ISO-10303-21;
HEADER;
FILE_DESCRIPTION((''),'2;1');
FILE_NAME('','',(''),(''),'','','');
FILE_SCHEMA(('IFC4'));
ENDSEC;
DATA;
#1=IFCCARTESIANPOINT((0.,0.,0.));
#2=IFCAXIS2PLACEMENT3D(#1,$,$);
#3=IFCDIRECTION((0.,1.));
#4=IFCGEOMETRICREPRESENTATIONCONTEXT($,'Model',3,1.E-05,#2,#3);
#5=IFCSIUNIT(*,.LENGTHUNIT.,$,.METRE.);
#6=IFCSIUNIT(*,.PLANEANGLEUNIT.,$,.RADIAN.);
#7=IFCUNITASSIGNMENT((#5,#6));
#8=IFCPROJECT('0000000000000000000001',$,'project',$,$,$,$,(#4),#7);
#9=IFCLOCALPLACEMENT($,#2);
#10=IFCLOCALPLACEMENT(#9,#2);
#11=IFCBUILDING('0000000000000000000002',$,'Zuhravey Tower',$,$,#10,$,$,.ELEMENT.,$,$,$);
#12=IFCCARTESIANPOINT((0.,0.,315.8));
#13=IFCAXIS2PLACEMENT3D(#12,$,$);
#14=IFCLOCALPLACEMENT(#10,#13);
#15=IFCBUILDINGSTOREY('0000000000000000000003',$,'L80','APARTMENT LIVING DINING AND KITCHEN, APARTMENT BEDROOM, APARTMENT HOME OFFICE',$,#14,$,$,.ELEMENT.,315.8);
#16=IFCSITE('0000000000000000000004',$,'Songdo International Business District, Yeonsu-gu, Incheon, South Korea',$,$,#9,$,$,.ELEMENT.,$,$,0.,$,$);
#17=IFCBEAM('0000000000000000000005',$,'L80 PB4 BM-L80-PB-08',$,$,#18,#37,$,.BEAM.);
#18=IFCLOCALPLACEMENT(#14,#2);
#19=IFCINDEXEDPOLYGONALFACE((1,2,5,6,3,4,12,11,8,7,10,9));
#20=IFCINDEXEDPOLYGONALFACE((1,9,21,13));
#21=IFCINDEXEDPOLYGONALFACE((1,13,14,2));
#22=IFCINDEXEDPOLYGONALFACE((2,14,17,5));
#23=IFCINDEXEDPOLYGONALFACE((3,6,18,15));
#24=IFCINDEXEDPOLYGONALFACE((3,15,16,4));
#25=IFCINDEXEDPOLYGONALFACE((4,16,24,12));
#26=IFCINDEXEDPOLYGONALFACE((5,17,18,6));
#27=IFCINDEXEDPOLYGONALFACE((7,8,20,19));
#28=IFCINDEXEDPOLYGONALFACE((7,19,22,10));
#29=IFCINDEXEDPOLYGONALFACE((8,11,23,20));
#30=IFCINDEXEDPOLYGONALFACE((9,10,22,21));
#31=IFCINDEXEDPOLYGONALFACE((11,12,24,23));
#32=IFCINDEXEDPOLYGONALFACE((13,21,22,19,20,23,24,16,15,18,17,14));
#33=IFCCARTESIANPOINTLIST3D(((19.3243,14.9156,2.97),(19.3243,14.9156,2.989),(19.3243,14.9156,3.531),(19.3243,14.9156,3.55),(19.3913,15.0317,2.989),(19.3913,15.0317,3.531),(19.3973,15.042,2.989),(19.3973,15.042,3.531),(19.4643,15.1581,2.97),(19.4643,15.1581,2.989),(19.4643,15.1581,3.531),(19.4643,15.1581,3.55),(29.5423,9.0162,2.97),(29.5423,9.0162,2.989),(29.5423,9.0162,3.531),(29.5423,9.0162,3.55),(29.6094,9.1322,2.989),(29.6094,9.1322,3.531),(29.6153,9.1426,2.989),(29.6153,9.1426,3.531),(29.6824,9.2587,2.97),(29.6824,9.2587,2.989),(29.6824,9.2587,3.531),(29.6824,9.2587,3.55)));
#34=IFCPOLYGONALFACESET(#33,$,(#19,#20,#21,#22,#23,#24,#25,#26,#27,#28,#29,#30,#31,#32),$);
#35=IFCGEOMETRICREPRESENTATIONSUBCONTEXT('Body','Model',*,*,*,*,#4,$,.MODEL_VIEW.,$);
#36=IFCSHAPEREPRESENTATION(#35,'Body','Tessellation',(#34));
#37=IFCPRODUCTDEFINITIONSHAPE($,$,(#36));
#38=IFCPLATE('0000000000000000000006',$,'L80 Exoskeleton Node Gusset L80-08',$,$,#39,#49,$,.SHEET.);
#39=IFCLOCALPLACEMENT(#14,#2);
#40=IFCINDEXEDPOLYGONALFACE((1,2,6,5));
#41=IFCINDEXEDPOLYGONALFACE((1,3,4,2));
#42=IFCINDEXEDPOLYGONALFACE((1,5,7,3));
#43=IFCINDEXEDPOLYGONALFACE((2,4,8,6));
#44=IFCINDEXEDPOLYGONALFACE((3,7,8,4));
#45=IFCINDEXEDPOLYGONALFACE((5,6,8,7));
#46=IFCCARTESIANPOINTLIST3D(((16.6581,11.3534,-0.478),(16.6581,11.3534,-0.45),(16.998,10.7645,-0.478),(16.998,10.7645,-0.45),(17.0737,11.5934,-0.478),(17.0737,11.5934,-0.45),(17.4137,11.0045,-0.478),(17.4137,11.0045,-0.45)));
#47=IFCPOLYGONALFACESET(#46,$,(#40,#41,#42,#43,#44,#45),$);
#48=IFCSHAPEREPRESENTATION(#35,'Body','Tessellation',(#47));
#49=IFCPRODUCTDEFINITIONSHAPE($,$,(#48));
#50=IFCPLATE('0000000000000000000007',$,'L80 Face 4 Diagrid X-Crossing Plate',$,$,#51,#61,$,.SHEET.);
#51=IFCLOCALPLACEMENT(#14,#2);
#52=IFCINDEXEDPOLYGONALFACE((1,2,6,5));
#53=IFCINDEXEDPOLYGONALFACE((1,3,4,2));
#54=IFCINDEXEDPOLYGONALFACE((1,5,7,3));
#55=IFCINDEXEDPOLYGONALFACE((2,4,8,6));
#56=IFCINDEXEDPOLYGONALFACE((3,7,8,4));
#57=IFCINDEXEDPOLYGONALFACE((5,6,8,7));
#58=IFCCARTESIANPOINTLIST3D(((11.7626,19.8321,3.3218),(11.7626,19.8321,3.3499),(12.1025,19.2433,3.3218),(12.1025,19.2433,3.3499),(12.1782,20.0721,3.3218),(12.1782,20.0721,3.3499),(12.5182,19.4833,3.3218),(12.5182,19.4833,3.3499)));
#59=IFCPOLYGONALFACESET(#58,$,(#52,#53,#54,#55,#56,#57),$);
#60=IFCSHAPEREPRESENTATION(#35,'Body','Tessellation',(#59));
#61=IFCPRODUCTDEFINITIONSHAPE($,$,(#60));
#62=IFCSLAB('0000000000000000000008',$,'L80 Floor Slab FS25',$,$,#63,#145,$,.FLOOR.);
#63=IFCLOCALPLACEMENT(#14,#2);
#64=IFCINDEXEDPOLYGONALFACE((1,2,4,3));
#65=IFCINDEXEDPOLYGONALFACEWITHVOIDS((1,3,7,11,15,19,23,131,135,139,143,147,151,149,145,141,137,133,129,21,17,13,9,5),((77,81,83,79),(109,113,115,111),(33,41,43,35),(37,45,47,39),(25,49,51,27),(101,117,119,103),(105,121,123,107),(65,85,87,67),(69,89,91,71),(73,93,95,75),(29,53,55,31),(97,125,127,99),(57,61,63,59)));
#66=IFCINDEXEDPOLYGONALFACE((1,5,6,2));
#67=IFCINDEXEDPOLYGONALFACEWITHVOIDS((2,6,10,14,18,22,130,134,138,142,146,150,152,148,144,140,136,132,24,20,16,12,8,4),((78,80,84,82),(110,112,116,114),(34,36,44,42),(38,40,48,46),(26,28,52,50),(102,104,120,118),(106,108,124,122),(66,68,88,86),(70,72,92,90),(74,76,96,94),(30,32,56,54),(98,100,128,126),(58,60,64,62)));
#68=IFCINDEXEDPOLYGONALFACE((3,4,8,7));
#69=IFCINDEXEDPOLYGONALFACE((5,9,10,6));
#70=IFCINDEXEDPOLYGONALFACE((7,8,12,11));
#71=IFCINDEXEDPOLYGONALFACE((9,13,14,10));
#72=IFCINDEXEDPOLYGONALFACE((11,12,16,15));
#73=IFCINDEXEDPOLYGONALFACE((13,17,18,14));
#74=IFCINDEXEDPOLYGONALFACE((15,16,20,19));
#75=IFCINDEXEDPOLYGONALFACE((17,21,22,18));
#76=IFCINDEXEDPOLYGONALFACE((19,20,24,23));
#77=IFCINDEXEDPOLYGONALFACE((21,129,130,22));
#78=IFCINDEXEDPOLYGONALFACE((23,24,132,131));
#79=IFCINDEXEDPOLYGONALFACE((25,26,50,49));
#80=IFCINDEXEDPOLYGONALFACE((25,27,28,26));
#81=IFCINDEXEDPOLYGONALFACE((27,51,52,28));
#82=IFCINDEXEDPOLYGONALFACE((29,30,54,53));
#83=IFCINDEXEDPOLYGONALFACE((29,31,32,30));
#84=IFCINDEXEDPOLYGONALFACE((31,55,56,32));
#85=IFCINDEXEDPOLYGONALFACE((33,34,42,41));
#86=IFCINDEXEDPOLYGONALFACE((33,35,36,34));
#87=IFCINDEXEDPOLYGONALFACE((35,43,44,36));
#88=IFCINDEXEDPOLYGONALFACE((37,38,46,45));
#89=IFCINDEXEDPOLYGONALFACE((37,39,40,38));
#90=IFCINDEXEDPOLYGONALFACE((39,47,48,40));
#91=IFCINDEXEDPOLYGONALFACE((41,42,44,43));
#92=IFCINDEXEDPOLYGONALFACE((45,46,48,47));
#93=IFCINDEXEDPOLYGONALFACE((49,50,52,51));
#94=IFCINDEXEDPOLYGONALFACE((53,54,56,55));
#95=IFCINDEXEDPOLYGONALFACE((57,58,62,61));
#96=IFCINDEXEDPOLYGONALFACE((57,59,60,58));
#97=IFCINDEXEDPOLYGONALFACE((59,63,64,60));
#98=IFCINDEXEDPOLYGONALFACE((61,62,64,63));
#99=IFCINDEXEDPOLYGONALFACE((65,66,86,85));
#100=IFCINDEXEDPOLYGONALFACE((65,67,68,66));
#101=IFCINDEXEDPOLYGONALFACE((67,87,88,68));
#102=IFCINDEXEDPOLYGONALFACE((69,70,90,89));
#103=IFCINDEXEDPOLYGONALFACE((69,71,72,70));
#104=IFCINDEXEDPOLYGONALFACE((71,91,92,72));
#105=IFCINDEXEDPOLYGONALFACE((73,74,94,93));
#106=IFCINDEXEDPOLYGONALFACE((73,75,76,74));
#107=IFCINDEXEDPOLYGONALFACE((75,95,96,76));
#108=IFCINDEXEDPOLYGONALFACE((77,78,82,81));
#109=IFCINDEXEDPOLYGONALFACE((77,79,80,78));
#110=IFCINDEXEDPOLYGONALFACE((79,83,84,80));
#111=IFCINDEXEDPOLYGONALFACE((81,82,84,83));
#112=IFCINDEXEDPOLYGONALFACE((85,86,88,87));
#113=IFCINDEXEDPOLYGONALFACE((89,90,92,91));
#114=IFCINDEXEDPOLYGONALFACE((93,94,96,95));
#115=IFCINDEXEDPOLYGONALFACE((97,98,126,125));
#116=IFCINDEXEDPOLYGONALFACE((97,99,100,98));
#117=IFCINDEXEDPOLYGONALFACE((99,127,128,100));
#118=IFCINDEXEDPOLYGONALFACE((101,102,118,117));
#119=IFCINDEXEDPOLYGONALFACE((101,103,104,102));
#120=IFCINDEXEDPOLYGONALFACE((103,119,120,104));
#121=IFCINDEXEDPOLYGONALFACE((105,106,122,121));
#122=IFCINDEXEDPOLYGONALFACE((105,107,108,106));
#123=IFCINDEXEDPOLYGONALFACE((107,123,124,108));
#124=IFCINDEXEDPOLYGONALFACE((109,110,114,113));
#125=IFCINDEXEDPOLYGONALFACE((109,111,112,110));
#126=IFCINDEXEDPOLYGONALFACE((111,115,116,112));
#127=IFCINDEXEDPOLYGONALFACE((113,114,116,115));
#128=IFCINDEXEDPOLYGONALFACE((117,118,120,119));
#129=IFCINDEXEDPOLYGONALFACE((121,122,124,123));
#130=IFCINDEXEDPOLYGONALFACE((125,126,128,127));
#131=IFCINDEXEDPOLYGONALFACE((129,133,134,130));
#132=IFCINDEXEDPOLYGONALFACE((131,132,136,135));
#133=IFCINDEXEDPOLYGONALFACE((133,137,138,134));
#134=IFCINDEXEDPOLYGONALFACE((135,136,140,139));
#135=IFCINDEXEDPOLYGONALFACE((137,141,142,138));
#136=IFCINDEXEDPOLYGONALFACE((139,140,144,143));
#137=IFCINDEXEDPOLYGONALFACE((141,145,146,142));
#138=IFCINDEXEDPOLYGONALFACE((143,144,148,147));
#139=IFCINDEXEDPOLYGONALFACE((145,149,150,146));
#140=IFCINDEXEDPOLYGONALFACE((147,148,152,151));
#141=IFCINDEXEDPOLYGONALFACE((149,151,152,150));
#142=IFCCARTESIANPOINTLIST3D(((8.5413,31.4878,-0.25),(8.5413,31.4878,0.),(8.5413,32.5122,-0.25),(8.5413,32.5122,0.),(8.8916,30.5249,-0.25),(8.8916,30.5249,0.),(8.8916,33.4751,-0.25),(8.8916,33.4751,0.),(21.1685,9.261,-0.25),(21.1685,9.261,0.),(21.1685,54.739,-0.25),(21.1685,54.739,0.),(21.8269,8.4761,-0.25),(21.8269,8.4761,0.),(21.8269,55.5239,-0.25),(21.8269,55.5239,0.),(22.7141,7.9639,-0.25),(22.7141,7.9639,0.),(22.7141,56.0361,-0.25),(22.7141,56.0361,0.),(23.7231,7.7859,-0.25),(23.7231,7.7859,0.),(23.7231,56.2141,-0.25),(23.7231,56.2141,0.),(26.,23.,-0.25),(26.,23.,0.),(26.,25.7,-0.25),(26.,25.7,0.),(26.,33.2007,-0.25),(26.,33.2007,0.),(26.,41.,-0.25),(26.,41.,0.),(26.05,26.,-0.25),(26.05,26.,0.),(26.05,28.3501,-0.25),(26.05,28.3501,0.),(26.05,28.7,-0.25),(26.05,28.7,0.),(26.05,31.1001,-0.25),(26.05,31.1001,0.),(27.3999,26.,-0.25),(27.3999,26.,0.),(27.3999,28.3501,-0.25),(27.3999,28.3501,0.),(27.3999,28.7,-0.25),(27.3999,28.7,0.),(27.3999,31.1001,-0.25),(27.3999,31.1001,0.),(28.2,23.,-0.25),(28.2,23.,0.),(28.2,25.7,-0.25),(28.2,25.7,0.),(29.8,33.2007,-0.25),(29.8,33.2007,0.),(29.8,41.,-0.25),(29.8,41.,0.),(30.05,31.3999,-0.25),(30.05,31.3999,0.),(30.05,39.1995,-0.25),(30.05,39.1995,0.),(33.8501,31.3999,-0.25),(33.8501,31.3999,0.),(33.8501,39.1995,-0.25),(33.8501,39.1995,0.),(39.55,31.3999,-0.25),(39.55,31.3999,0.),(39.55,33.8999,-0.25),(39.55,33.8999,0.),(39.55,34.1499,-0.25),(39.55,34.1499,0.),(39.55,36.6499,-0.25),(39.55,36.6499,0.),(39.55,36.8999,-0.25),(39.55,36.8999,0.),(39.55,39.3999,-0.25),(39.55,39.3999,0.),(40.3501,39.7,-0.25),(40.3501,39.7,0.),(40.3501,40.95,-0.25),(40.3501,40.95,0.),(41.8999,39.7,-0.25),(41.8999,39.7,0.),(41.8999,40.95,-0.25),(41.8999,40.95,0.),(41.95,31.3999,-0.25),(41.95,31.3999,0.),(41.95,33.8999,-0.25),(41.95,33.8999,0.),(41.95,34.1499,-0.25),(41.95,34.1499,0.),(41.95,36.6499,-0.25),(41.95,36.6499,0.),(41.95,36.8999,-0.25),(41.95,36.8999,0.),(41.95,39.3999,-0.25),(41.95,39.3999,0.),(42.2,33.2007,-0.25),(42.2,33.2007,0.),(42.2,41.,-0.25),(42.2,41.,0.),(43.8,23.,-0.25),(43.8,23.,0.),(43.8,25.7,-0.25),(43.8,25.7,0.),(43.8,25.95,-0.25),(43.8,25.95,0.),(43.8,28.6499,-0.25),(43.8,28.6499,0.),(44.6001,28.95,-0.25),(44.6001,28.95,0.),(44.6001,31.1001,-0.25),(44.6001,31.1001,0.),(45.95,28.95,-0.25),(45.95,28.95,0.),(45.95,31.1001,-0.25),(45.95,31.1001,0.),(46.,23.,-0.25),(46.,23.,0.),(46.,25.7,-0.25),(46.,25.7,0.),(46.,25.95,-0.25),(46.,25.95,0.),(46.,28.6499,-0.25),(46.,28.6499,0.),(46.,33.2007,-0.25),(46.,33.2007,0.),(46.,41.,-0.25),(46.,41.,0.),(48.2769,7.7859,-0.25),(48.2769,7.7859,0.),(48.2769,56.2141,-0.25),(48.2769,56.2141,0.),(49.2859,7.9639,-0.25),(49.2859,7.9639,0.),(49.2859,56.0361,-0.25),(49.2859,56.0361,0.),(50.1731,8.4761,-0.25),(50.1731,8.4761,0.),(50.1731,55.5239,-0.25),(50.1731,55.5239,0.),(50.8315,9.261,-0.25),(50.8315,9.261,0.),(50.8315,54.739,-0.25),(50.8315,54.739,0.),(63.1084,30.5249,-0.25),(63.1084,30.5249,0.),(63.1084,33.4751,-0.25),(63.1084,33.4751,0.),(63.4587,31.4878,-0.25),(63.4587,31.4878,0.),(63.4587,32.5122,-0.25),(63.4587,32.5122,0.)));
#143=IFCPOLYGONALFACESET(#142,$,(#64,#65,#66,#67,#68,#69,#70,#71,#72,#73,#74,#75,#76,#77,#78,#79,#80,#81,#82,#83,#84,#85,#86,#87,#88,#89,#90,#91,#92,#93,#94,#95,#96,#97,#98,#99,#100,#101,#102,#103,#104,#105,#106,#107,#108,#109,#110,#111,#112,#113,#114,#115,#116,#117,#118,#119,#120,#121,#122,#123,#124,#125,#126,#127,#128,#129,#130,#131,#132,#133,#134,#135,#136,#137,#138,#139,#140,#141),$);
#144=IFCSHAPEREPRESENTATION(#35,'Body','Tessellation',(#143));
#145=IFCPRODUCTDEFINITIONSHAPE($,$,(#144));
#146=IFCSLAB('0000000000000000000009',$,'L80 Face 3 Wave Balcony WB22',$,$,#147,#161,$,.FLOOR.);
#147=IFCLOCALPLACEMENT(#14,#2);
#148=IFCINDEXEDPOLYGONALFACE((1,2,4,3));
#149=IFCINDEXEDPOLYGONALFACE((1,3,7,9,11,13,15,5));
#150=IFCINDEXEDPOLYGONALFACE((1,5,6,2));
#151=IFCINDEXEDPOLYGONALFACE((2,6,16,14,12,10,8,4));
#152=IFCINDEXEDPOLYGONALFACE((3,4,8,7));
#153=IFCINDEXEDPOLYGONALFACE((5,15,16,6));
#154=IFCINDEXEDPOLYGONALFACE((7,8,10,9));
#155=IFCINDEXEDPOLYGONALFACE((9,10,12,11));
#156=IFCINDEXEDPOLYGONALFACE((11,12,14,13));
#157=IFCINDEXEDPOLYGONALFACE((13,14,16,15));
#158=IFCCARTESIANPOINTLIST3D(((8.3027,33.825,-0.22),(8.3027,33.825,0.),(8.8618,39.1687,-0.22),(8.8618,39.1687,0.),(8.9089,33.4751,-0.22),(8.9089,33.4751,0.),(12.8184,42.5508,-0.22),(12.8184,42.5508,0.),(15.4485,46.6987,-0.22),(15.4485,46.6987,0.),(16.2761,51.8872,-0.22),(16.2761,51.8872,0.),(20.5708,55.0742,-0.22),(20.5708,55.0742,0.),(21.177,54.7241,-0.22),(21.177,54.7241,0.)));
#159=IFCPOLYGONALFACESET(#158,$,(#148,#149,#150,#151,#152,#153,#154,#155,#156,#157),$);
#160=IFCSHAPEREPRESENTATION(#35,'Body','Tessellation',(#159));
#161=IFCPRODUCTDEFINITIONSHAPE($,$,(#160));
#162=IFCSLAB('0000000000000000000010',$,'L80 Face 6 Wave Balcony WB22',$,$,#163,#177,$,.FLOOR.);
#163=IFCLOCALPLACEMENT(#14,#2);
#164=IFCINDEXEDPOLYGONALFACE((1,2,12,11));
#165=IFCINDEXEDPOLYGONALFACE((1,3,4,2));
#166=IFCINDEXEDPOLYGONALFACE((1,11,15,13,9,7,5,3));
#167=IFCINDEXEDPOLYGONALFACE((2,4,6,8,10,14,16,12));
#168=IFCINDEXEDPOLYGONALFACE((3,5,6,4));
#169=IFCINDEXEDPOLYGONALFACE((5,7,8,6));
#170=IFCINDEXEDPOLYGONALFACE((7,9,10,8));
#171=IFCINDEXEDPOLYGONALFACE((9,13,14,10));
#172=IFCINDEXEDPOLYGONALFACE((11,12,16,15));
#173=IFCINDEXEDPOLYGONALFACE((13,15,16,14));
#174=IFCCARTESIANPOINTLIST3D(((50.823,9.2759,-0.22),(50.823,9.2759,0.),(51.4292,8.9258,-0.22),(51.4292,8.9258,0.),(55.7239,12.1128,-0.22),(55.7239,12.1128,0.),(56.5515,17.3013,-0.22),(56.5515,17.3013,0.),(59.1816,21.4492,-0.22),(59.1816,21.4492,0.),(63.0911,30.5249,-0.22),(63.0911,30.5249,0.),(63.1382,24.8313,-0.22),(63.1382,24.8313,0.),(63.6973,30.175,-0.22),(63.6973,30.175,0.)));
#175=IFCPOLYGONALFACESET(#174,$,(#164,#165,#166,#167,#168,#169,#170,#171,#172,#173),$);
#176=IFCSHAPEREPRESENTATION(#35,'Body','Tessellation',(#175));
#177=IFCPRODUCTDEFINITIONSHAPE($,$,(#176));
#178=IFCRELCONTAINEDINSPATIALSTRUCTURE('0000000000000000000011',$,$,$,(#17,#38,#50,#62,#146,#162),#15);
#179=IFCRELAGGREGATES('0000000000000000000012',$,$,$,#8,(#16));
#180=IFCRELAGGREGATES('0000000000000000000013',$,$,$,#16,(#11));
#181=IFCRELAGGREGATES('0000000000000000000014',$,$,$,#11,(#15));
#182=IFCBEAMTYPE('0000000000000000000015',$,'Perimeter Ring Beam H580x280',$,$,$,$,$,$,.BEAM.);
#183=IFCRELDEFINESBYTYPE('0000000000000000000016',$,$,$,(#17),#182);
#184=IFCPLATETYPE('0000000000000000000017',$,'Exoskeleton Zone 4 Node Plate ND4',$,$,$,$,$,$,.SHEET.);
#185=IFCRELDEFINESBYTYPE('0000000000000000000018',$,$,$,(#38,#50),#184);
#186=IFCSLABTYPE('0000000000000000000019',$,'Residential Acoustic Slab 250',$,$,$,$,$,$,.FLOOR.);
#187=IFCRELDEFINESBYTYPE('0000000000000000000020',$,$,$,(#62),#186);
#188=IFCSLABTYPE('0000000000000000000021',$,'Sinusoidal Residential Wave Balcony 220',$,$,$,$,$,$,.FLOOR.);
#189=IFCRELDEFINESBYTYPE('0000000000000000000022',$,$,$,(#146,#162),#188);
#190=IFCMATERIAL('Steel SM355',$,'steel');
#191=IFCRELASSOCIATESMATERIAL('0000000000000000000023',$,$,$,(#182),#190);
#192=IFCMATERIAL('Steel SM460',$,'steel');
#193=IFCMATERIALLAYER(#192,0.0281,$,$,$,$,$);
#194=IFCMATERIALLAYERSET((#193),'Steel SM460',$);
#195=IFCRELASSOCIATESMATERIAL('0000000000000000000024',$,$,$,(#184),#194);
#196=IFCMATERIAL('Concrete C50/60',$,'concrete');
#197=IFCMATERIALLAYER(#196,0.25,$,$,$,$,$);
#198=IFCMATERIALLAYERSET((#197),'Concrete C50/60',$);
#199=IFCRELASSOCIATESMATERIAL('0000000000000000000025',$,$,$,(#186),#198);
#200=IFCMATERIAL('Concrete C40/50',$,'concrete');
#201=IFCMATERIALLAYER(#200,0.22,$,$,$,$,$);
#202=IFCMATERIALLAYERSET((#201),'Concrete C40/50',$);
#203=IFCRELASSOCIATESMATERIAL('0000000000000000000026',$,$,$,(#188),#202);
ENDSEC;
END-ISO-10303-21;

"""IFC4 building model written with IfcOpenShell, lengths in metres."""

from ifc_helpers import new_model, si_unit, direction, frame, origin, origin_2d, place, context, subcontext, project, spatial, polyline, rectangle, i_section, outline, extrude, material, layer, layer_set, material_profile, profile_set, type_object, element, save


model = new_model("IFC4")

# Units and contexts
model_context = context("Model", 3, precision=1e-05, world=origin(), true_north=direction((0.0, 1.0)))
body_context = subcontext(model_context, "Body", "Model", "MODEL_VIEW")
ifc_project = project(units=[si_unit("LENGTHUNIT", "METRE"), si_unit("PLANEANGLEUNIT", "RADIAN")], contexts=[model_context])

# Site, building, storey
site_placement = place(None, origin())
site = spatial("IfcSite", under=ifc_project, at=site_placement, Name="Songdo International Business District, Yeonsu-gu, Incheon, South Korea", CompositionType="ELEMENT", RefElevation=0.0)
building_placement = place(site_placement, origin())
building = spatial("IfcBuilding", under=site, at=building_placement, Name="Zuhravey Tower", CompositionType="ELEMENT")
storey_placement = place(building_placement, frame((0.0, 0.0, 315.8)))
storey = spatial("IfcBuildingStorey", under=building, at=storey_placement, Name="L80", Description="APARTMENT LIVING DINING AND KITCHEN, APARTMENT BEDROOM, APARTMENT HOME OFFICE", CompositionType="ELEMENT", Elevation=315.8)

# Shared definitions
ifc_material_1 = material(Name="Concrete C50/60", Category="concrete")

# Shared definitions
ifc_material_2 = material(Name="Steel SM355", Category="steel")

# Beam
ifc_material_profile_1 = material_profile(ifc_material_2, i_section(OverallWidth=0.28, OverallDepth=0.5801, WebThickness=0.012, FlangeThickness=0.019, at=origin_2d()), Name="H-580x280x12x19")
ifc_profile_set_1 = profile_set([ifc_material_profile_1], Name="Steel SM355")
beam_type = type_object("IfcBeamType", Name="Perimeter Ring Beam H580x280", PredefinedType="BEAM", material=ifc_profile_set_1)
beam_placement = place(storey_placement, frame((19.3943, 15.0369, 3.26), z_axis=(0.866024, -0.500002, 0.0), x_axis=(0.500002, 0.866024, 0.0)))
element("IfcBeam", 1, at=beam_placement, inside=storey, type_object=beam_type, Name="L80 PB4 BM-L80-PB-08", PredefinedType="BEAM", context=body_context, shape_type="SweptSolid", body=[
    extrude(i_section(OverallWidth=0.28, OverallDepth=0.5801, WebThickness=0.012, FlangeThickness=0.019, at=origin_2d()), origin(), (0.0, 0.0, 1.0), 11.7988),
])

# Plates
ifc_material_3 = material(Name="Steel SM460", Category="steel")
ifc_layer_1 = layer(ifc_material_3, 0.0281)
ifc_layer_set_1 = layer_set([ifc_layer_1], Name="Steel SM460")
plate_type_1 = type_object("IfcPlateType", Name="Exoskeleton Zone 4 Node Plate ND4", PredefinedType="SHEET", material=ifc_layer_set_1)
for number, where, z_axis, x_axis, name in (
    (2, (17.0359, 11.179, -0.478), (0.0, 0.0, 1.0), (0.5, -0.866025, 0.0), "L80 Exoskeleton Node Gusset L80-08"),
    (3, (12.1404, 19.6577, 3.3218), (0.0, 0.0, 1.0), (0.5, -0.866025, 0.0), "L80 Face 4 Diagrid X-Crossing Plate"),
):
    element("IfcPlate", number, at=place(storey_placement, frame(where, z_axis=z_axis, x_axis=x_axis)), inside=storey, type_object=plate_type_1, Name=name, PredefinedType="SHEET", context=body_context, shape_type="SweptSolid", body=[
        extrude(rectangle(XDim=0.6799, YDim=0.48, at=origin_2d()), origin(), (0.0, 0.0, 1.0), 0.0281),
    ])

# Slabs
ifc_layer_2 = layer(ifc_material_1, 0.25)
ifc_layer_set_2 = layer_set([ifc_layer_2], Name="Concrete C50/60")
slab_type_1 = type_object("IfcSlabType", Name="Residential Acoustic Slab 250", PredefinedType="FLOOR", material=ifc_layer_set_2)
slab_1_placement = place(storey_placement, frame((0.0, 0.0, -0.25)))
element("IfcSlab", 4, at=slab_1_placement, inside=storey, type_object=slab_type_1, Name="L80 Floor Slab FS25", PredefinedType="FLOOR", context=body_context, shape_type="SweptSolid", body=[
    extrude(outline(polyline([(63.1084, 30.5249), (63.4587, 31.4878), (63.4587, 32.5122), (63.1084, 33.4751), (50.8315, 54.739), (50.1731, 55.5239), (49.2859, 56.0361), (48.2769, 56.2141), (23.7231, 56.2141), (22.7141, 56.0361), (21.8269, 55.5239), (21.1685, 54.739), (8.8916, 33.4751), (8.5413, 32.5122), (8.5413, 31.4878), (8.8916, 30.5249), (21.1685, 9.261), (21.8269, 8.4761), (22.7141, 7.9639), (23.7231, 7.7859), (48.2769, 7.7859), (49.2859, 7.9639), (50.1731, 8.4761), (50.8315, 9.261), (63.1084, 30.5249)]), holes=[polyline([(29.8, 33.2007), (29.8, 41.0), (26.0, 41.0), (26.0, 33.2007), (29.8, 33.2007)]), polyline([(46.0, 33.2007), (46.0, 41.0), (42.2, 41.0), (42.2, 33.2007), (46.0, 33.2007)]), polyline([(30.05, 39.1995), (30.05, 31.3999), (33.8501, 31.3999), (33.8501, 39.1995), (30.05, 39.1995)]), polyline([(39.55, 31.3999), (41.95, 31.3999), (41.95, 33.8999), (39.55, 33.8999), (39.55, 31.3999)]), polyline([(39.55, 34.1499), (41.95, 34.1499), (41.95, 36.6499), (39.55, 36.6499), (39.55, 34.1499)]), polyline([(39.55, 36.8999), (41.95, 36.8999), (41.95, 39.3999), (39.55, 39.3999), (39.55, 36.8999)]), polyline([(26.0, 23.0), (28.2, 23.0), (28.2, 25.7), (26.0, 25.7), (26.0, 23.0)]), polyline([(43.8, 23.0), (46.0, 23.0), (46.0, 25.7), (43.8, 25.7), (43.8, 23.0)]), polyline([(43.8, 25.95), (46.0, 25.95), (46.0, 28.6499), (43.8, 28.6499), (43.8, 25.95)]), polyline([(26.05, 26.0), (27.3999, 26.0), (27.3999, 28.3501), (26.05, 28.3501), (26.05, 26.0)]), polyline([(26.05, 28.7), (27.3999, 28.7), (27.3999, 31.1001), (26.05, 31.1001), (26.05, 28.7)]), polyline([(44.6001, 28.95), (45.95, 28.95), (45.95, 31.1001), (44.6001, 31.1001), (44.6001, 28.95)]), polyline([(40.3501, 39.7), (41.8999, 39.7), (41.8999, 40.95), (40.3501, 40.95), (40.3501, 39.7)])]), origin(), (0.0, 0.0, 1.0), 0.25),
])
ifc_material_4 = material(Name="Concrete C40/50", Category="concrete")
ifc_layer_3 = layer(ifc_material_4, 0.22)
ifc_layer_set_3 = layer_set([ifc_layer_3], Name="Concrete C40/50")
slab_type_2 = type_object("IfcSlabType", Name="Sinusoidal Residential Wave Balcony 220", PredefinedType="FLOOR", material=ifc_layer_set_3)
slab_2_placement = place(storey_placement, frame((0.0, 0.0, -0.22)))
element("IfcSlab", 5, at=slab_2_placement, inside=storey, type_object=slab_type_2, Name="L80 Face 3 Wave Balcony WB22", PredefinedType="FLOOR", context=body_context, shape_type="SweptSolid", body=[
    extrude(outline(polyline([(21.177, 54.7241), (8.9089, 33.4751), (8.3027, 33.825), (8.8618, 39.1687), (12.8184, 42.5508), (15.4485, 46.6987), (16.2761, 51.8872), (20.5708, 55.0742), (21.177, 54.7241)])), origin(), (0.0, 0.0, 1.0), 0.22),
])
slab_3_placement = place(storey_placement, frame((0.0, 0.0, -0.22)))
element("IfcSlab", 6, at=slab_3_placement, inside=storey, type_object=slab_type_2, Name="L80 Face 6 Wave Balcony WB22", PredefinedType="FLOOR", context=body_context, shape_type="SweptSolid", body=[
    extrude(outline(polyline([(50.823, 9.2759), (63.0911, 30.5249), (63.6973, 30.175), (63.1382, 24.8313), (59.1816, 21.4492), (56.5515, 17.3013), (55.7239, 12.1128), (51.4292, 8.9258), (50.823, 9.2759)])), origin(), (0.0, 0.0, 1.0), 0.22),
])

save(model, "model.ifc")
